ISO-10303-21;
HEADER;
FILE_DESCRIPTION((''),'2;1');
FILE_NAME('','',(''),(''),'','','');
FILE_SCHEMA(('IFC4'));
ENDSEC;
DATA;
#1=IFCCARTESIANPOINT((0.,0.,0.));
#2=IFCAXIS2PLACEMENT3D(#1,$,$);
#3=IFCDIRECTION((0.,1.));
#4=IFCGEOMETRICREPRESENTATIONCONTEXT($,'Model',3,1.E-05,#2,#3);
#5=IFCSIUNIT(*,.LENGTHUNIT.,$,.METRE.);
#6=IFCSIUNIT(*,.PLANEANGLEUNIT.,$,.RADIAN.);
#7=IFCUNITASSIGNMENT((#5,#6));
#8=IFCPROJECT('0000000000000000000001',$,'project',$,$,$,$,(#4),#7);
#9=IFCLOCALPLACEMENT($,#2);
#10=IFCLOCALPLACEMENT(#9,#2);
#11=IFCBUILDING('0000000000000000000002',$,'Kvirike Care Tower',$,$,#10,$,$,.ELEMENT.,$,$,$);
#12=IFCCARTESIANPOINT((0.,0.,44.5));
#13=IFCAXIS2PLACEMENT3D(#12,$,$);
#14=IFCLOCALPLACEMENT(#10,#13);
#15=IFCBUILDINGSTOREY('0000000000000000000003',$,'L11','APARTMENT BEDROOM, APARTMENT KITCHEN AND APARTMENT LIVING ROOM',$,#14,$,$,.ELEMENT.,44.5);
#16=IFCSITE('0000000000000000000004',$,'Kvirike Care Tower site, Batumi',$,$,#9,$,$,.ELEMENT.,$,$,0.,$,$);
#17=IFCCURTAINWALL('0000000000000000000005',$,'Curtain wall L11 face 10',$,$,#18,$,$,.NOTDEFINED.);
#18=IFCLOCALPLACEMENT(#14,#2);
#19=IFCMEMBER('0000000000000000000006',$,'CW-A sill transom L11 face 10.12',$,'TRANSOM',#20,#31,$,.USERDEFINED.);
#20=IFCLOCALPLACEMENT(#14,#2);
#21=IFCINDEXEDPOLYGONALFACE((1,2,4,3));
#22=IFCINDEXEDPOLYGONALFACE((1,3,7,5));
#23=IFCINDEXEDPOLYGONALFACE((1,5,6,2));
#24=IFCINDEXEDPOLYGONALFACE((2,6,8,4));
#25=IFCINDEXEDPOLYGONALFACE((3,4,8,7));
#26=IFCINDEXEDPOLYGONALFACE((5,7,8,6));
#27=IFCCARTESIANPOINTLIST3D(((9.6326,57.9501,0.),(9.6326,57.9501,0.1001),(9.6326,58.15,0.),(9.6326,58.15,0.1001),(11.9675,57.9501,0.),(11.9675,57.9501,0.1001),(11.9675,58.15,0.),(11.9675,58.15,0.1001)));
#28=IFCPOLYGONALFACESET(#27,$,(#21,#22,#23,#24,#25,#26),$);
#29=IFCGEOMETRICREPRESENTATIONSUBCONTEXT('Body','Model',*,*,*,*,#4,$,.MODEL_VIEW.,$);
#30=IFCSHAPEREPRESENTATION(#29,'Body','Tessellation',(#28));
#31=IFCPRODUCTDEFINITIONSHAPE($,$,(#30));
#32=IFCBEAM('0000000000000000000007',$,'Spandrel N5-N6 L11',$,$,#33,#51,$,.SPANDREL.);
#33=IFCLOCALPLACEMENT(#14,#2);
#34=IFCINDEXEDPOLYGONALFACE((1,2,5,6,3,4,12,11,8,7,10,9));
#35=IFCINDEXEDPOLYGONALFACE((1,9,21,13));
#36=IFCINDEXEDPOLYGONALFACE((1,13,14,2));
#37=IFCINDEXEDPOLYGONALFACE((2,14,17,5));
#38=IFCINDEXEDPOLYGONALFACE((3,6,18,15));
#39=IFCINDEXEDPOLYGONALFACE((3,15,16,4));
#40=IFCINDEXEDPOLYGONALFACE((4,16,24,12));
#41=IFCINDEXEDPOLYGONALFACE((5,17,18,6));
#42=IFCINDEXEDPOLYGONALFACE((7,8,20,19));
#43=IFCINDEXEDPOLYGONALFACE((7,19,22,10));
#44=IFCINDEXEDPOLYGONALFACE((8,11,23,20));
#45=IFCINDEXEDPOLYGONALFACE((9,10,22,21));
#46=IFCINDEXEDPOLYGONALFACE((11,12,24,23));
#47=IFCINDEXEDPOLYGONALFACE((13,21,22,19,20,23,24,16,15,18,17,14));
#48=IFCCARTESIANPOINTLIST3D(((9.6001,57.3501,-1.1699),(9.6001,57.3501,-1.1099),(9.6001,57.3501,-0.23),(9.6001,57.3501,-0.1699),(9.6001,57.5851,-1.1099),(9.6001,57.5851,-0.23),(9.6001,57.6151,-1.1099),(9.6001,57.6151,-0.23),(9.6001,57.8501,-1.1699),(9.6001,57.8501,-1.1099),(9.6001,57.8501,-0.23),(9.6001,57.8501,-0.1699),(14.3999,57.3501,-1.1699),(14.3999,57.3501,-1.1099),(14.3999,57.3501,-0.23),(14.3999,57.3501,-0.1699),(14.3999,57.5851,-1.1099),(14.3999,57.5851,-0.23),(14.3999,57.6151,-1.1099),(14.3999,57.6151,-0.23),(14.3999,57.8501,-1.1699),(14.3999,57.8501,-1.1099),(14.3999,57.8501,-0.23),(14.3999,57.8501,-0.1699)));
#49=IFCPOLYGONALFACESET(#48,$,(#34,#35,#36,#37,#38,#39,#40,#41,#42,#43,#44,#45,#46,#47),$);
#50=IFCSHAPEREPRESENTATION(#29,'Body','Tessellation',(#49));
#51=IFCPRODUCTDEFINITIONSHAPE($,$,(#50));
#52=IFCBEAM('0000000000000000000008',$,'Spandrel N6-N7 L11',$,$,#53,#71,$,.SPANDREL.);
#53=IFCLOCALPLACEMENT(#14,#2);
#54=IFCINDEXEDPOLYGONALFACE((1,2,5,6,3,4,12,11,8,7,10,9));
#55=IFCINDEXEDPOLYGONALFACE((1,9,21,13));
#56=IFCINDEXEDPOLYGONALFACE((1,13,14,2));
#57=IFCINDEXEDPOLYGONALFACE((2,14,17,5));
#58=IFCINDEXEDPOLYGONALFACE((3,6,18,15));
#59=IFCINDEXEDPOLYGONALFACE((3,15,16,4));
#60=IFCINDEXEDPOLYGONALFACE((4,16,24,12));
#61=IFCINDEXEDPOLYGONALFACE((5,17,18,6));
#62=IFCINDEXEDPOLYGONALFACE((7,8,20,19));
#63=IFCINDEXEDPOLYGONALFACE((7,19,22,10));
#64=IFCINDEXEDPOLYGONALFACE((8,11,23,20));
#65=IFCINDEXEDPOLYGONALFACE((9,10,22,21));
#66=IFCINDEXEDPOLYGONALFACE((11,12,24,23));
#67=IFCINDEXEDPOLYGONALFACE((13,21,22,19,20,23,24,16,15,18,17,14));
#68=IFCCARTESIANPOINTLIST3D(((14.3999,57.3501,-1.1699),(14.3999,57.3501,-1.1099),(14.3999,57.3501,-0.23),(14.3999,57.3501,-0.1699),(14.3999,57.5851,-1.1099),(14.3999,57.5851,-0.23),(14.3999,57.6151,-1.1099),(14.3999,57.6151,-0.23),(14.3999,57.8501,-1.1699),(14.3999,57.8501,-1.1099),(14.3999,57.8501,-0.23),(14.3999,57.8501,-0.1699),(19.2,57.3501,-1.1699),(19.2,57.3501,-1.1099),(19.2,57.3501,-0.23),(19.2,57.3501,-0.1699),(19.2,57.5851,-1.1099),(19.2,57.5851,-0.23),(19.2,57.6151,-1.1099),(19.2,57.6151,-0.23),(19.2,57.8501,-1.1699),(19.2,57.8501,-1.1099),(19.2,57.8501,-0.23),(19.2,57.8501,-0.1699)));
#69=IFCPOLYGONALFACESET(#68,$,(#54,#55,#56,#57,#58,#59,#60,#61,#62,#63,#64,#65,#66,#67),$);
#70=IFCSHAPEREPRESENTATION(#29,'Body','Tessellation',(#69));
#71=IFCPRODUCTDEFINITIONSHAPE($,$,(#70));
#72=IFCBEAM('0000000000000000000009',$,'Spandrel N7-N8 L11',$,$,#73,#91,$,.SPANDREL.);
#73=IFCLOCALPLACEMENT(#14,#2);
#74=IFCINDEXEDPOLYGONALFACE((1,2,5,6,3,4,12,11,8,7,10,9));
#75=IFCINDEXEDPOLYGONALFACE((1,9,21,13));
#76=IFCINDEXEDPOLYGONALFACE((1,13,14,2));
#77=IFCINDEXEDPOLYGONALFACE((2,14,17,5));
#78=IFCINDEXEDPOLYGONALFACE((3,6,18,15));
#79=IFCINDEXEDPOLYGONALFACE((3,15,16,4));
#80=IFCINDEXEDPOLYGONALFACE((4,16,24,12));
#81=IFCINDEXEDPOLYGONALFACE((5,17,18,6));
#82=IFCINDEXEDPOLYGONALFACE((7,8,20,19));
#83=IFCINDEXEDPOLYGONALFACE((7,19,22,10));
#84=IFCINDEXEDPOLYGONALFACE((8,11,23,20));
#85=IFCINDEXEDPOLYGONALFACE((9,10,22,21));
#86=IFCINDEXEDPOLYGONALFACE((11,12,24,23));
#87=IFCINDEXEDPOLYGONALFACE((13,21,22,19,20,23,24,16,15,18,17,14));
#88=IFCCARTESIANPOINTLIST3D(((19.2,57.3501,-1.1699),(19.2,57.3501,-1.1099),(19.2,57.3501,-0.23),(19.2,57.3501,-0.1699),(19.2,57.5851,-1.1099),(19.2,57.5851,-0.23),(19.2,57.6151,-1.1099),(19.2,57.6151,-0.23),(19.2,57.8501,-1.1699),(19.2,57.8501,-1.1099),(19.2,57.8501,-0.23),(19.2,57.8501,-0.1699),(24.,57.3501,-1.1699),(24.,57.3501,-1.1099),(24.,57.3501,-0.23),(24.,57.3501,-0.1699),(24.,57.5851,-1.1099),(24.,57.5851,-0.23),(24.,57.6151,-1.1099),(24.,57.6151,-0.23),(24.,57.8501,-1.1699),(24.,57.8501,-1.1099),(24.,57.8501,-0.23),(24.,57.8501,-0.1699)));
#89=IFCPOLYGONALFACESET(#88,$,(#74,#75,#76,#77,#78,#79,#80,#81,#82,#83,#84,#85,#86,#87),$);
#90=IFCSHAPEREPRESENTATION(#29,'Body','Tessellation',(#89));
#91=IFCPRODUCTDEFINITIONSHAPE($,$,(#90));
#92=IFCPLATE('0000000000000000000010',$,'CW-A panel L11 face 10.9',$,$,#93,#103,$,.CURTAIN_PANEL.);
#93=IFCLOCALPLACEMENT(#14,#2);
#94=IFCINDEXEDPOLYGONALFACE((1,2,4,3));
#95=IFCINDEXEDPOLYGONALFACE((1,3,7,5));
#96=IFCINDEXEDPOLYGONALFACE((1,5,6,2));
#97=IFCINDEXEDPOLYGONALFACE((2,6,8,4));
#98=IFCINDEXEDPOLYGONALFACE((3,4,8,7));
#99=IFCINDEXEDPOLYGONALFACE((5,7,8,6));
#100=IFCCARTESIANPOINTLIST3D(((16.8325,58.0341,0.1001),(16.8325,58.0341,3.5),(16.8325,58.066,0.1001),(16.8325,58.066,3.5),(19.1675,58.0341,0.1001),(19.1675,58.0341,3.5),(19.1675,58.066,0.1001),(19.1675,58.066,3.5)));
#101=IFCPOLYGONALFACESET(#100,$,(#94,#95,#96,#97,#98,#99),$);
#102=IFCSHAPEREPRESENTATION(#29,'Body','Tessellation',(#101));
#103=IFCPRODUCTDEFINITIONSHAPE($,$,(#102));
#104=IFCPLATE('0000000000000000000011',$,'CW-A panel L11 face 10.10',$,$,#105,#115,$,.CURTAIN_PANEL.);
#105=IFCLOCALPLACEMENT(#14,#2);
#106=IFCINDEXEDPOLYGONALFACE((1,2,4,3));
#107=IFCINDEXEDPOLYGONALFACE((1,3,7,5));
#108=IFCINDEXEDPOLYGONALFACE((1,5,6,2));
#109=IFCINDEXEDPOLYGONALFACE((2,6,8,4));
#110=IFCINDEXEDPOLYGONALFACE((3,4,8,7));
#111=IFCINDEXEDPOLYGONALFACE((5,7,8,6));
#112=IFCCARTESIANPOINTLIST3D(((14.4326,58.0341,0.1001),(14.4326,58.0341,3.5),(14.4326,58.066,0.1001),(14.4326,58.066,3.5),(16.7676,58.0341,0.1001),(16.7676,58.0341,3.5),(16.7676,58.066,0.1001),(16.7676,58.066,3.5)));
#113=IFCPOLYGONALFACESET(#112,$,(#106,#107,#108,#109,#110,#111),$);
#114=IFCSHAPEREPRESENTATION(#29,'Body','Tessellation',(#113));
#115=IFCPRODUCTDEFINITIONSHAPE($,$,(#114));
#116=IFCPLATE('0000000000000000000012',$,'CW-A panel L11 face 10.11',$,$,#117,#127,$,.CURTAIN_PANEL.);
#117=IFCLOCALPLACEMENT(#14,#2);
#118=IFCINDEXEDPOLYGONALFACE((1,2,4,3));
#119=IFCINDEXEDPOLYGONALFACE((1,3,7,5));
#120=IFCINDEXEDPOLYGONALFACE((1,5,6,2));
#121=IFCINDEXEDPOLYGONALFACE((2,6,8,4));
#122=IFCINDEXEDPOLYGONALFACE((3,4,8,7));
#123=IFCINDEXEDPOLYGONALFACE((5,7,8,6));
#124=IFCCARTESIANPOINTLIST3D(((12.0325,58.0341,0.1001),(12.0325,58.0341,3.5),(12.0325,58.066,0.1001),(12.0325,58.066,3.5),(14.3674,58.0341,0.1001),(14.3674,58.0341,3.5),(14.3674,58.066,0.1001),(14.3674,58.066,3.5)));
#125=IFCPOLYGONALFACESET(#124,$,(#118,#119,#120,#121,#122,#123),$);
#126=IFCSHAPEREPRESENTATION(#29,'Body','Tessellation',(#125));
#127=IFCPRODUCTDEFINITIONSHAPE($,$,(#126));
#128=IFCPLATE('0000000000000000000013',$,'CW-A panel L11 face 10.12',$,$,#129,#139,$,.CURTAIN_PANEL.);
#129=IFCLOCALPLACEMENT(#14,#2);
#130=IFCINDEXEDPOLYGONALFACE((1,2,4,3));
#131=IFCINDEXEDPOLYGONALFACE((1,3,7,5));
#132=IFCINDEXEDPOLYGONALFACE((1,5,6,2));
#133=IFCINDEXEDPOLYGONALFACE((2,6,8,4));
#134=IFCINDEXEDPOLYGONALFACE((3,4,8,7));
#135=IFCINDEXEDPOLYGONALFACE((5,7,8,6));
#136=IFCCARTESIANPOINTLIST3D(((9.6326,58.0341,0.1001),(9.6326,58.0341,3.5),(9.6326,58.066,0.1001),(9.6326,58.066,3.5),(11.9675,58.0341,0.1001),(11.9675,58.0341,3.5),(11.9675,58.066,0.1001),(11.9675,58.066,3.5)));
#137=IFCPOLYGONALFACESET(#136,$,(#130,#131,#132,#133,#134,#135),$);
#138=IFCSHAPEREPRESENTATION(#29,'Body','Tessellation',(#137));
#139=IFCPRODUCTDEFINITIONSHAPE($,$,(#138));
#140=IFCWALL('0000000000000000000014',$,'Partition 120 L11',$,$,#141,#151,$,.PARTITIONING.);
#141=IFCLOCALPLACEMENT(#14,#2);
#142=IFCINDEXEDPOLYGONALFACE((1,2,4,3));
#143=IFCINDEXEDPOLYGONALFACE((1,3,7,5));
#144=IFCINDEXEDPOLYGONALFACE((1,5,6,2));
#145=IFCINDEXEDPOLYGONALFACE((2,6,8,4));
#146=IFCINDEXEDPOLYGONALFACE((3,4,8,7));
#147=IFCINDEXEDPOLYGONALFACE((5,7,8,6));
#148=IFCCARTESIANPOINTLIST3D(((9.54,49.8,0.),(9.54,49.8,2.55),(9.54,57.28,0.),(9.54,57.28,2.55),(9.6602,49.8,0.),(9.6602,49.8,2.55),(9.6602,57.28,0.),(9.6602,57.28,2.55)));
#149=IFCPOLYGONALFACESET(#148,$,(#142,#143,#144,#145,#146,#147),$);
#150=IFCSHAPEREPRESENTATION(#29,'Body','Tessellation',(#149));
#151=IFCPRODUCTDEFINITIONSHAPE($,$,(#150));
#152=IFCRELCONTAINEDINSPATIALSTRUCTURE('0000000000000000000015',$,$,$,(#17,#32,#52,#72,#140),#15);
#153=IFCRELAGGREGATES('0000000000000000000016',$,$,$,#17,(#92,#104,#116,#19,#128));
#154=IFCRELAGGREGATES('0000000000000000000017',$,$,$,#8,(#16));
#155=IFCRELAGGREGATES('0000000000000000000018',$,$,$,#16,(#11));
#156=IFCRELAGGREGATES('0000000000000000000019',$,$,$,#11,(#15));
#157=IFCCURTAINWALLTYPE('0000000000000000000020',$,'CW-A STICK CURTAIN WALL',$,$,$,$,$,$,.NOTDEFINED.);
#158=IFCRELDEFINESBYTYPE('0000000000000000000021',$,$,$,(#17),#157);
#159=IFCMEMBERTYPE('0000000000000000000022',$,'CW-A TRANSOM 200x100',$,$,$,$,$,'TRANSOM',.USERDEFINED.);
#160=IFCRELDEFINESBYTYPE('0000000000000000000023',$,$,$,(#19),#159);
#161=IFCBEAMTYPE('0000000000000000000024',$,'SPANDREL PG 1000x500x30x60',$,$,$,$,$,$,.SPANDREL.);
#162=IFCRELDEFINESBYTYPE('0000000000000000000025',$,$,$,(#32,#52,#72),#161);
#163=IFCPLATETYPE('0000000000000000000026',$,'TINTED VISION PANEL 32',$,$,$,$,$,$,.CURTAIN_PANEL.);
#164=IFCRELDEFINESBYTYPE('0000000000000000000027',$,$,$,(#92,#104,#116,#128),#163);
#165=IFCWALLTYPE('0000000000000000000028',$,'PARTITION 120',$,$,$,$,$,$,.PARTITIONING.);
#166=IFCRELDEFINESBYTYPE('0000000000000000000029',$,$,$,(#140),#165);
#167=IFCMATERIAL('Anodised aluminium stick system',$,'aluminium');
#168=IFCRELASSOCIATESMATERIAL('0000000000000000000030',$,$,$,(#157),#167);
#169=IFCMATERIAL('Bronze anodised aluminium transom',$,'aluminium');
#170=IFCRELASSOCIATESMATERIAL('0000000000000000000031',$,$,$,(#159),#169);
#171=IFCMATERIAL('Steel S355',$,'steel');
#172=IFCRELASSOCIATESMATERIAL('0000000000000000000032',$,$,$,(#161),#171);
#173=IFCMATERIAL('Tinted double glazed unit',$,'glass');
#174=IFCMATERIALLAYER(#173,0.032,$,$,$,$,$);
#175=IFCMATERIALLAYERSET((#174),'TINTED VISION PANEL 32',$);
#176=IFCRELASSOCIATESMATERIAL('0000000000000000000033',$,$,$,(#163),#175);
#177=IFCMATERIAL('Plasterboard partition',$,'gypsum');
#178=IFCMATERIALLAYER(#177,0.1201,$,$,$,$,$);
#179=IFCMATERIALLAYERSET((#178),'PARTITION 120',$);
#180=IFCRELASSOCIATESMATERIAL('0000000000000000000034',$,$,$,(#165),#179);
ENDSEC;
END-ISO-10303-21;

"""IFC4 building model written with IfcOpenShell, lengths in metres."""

from ifc_helpers import new_model, si_unit, direction, frame, frame_2d, origin, origin_2d, place, context, subcontext, project, spatial, rectangle, i_section, extrude, material, layer, layer_set, material_profile, profile_set, type_object, element, aggregate, save


model = new_model("IFC4")

# Units and contexts
model_context = context("Model", 3, precision=1e-05, world=origin(), true_north=direction((0.0, 1.0)))
body_context = subcontext(model_context, "Body", "Model", "MODEL_VIEW")
ifc_project = project(units=[si_unit("LENGTHUNIT", "METRE"), si_unit("PLANEANGLEUNIT", "RADIAN")], contexts=[model_context])

# Site, building, storey
site_placement = place(None, origin())
site = spatial("IfcSite", under=ifc_project, at=site_placement, Name="Kvirike Care Tower site, Batumi", CompositionType="ELEMENT", RefElevation=0.0)
building_placement = place(site_placement, origin())
building = spatial("IfcBuilding", under=site, at=building_placement, Name="Kvirike Care Tower", CompositionType="ELEMENT")
storey_placement = place(building_placement, frame((0.0, 0.0, 44.5)))
storey = spatial("IfcBuildingStorey", under=building, at=storey_placement, Name="L11", Description="APARTMENT BEDROOM, APARTMENT KITCHEN AND APARTMENT LIVING ROOM", CompositionType="ELEMENT", Elevation=44.5)

# Curtain wall, member
ifc_material_1 = material(Name="Anodised aluminium stick system", Category="aluminium")
curtain_wall_type = type_object("IfcCurtainWallType", Name="CW-A STICK CURTAIN WALL", PredefinedType="NOTDEFINED", material=ifc_material_1)
curtain_wall_placement = place(storey_placement, origin())
curtain_wall = element("IfcCurtainWall", 1, at=curtain_wall_placement, inside=storey, type_object=curtain_wall_type, Name="Curtain wall L11 face 10", PredefinedType="NOTDEFINED")
ifc_material_2 = material(Name="Bronze anodised aluminium transom", Category="aluminium")
ifc_material_profile_1 = material_profile(ifc_material_2, rectangle(XDim=0.2, YDim=0.1001, at=origin_2d()), Name="CW-A TRANSOM 200x100")
ifc_profile_set_1 = profile_set([ifc_material_profile_1], Name="Bronze anodised aluminium transom")
member_type_1 = type_object("IfcMemberType", Name="CW-A TRANSOM 200x100", ElementType="TRANSOM", PredefinedType="USERDEFINED", material=ifc_profile_set_1)
member_1_placement = place(storey_placement, frame((11.9675, 58.05, 0.05), z_axis=(-1.0, 0.0, 0.0), x_axis=(0.0, -1.0, 0.0)))
member_1 = element("IfcMember", 2, at=member_1_placement, type_object=member_type_1, Name="CW-A sill transom L11 face 10.12", ObjectType="TRANSOM", PredefinedType="USERDEFINED", context=body_context, shape_type="SweptSolid", body=[
    extrude(rectangle(XDim=0.2, YDim=0.1001, at=origin_2d()), origin(), (0.0, 0.0, 1.0), 2.335),
])

# Beams
ifc_material_3 = material(Name="Steel S355", Category="steel")
ifc_material_profile_2 = material_profile(ifc_material_3, i_section(OverallWidth=0.5, OverallDepth=1.0, WebThickness=0.03, FlangeThickness=0.0601, at=origin_2d()), Name="PG 1000x500x30x60")
ifc_profile_set_2 = profile_set([ifc_material_profile_2], Name="Steel S355")
beam_type = type_object("IfcBeamType", Name="SPANDREL PG 1000x500x30x60", PredefinedType="SPANDREL", material=ifc_profile_set_2)
beam_placement = place(storey_placement, frame((9.6001, 57.6001, -0.6699), z_axis=(1.0, 0.0, 0.0), x_axis=(0.0, 1.0, 0.0)))
element("IfcBeam", 3, at=beam_placement, inside=storey, type_object=beam_type, Name="Spandrel N5-N6 L11", PredefinedType="SPANDREL", context=body_context, shape_type="SweptSolid", body=[
    extrude(i_section(OverallWidth=0.5, OverallDepth=1.0, WebThickness=0.03, FlangeThickness=0.0601, at=origin_2d()), origin(), (0.0, 0.0, 1.0), 4.7998),
])
for number, where, z_axis, x_axis, name in (
    (4, (14.3999, 57.6001, -0.6699), (1.0, 0.0, 0.0), (0.0, 1.0, 0.0), "Spandrel N6-N7 L11"),
    (5, (19.2, 57.6001, -0.6699), (1.0, 0.0, 0.0), (0.0, 1.0, 0.0), "Spandrel N7-N8 L11"),
):
    element("IfcBeam", number, at=place(storey_placement, frame(where, z_axis=z_axis, x_axis=x_axis)), inside=storey, type_object=beam_type, Name=name, PredefinedType="SPANDREL", context=body_context, shape_type="SweptSolid", body=[
        extrude(i_section(OverallWidth=0.5, OverallDepth=1.0, WebThickness=0.03, FlangeThickness=0.0601, at=origin_2d()), origin(), (0.0, 0.0, 1.0), 4.8),
    ])

# Plates
ifc_material_4 = material(Name="Tinted double glazed unit", Category="glass")
ifc_layer_1 = layer(ifc_material_4, 0.032)
ifc_layer_set_1 = layer_set([ifc_layer_1], Name="TINTED VISION PANEL 32")
plate_type = type_object("IfcPlateType", Name="TINTED VISION PANEL 32", PredefinedType="CURTAIN_PANEL", material=ifc_layer_set_1)
plate_1_placement = place(storey_placement, frame((18.0, 58.05, 0.1001), z_axis=(0.0, 0.0, 1.0), x_axis=(-1.0, 0.0, 0.0)))
plate_1 = element("IfcPlate", 6, at=plate_1_placement, type_object=plate_type, Name="CW-A panel L11 face 10.9", PredefinedType="CURTAIN_PANEL", context=body_context, shape_type="SweptSolid", body=[
    extrude(rectangle(XDim=2.335, YDim=0.032, at=origin_2d()), origin(), (0.0, 0.0, 1.0), 3.3999),
])
plate_2_placement = place(storey_placement, frame((15.6001, 58.05, 0.1001), z_axis=(0.0, 0.0, 1.0), x_axis=(-1.0, 0.0, 0.0)))
plate_2 = element("IfcPlate", 7, at=plate_2_placement, type_object=plate_type, Name="CW-A panel L11 face 10.10", PredefinedType="CURTAIN_PANEL", context=body_context, shape_type="SweptSolid", body=[
    extrude(rectangle(XDim=2.335, YDim=0.032, at=origin_2d()), origin(), (0.0, 0.0, 1.0), 3.3999),
])
plate_3_placement = place(storey_placement, frame((13.2, 58.05, 0.1001), z_axis=(0.0, 0.0, 1.0), x_axis=(-1.0, 0.0, 0.0)))
plate_3 = element("IfcPlate", 8, at=plate_3_placement, type_object=plate_type, Name="CW-A panel L11 face 10.11", PredefinedType="CURTAIN_PANEL", context=body_context, shape_type="SweptSolid", body=[
    extrude(rectangle(XDim=2.335, YDim=0.032, at=origin_2d()), origin(), (0.0, 0.0, 1.0), 3.3999),
])
plate_4_placement = place(storey_placement, frame((10.8, 58.05, 0.1001), z_axis=(0.0, 0.0, 1.0), x_axis=(-1.0, 0.0, 0.0)))
plate_4 = element("IfcPlate", 9, at=plate_4_placement, type_object=plate_type, Name="CW-A panel L11 face 10.12", PredefinedType="CURTAIN_PANEL", context=body_context, shape_type="SweptSolid", body=[
    extrude(rectangle(XDim=2.335, YDim=0.032, at=origin_2d()), origin(), (0.0, 0.0, 1.0), 3.3999),
])
aggregate(curtain_wall, [plate_1, plate_2, plate_3, member_1, plate_4])

# Wall
ifc_material_5 = material(Name="Plasterboard partition", Category="gypsum")
ifc_layer_2 = layer(ifc_material_5, 0.1201)
ifc_layer_set_2 = layer_set([ifc_layer_2], Name="PARTITION 120")
wall_type = type_object("IfcWallType", Name="PARTITION 120", PredefinedType="PARTITIONING", material=ifc_layer_set_2)
wall_placement = place(storey_placement, frame((9.6001, 57.28, 0.0), z_axis=(0.0, 0.0, 1.0), x_axis=(0.0, -1.0, 0.0)))
element("IfcWall", 10, at=wall_placement, inside=storey, type_object=wall_type, Name="Partition 120 L11", PredefinedType="PARTITIONING", context=body_context, shape_type="SweptSolid", body=[
    extrude(rectangle(XDim=7.48, YDim=0.1201, at=frame_2d((3.74, 0.0))), origin(), (0.0, 0.0, 1.0), 2.55),
])

save(model, "model.ifc")
